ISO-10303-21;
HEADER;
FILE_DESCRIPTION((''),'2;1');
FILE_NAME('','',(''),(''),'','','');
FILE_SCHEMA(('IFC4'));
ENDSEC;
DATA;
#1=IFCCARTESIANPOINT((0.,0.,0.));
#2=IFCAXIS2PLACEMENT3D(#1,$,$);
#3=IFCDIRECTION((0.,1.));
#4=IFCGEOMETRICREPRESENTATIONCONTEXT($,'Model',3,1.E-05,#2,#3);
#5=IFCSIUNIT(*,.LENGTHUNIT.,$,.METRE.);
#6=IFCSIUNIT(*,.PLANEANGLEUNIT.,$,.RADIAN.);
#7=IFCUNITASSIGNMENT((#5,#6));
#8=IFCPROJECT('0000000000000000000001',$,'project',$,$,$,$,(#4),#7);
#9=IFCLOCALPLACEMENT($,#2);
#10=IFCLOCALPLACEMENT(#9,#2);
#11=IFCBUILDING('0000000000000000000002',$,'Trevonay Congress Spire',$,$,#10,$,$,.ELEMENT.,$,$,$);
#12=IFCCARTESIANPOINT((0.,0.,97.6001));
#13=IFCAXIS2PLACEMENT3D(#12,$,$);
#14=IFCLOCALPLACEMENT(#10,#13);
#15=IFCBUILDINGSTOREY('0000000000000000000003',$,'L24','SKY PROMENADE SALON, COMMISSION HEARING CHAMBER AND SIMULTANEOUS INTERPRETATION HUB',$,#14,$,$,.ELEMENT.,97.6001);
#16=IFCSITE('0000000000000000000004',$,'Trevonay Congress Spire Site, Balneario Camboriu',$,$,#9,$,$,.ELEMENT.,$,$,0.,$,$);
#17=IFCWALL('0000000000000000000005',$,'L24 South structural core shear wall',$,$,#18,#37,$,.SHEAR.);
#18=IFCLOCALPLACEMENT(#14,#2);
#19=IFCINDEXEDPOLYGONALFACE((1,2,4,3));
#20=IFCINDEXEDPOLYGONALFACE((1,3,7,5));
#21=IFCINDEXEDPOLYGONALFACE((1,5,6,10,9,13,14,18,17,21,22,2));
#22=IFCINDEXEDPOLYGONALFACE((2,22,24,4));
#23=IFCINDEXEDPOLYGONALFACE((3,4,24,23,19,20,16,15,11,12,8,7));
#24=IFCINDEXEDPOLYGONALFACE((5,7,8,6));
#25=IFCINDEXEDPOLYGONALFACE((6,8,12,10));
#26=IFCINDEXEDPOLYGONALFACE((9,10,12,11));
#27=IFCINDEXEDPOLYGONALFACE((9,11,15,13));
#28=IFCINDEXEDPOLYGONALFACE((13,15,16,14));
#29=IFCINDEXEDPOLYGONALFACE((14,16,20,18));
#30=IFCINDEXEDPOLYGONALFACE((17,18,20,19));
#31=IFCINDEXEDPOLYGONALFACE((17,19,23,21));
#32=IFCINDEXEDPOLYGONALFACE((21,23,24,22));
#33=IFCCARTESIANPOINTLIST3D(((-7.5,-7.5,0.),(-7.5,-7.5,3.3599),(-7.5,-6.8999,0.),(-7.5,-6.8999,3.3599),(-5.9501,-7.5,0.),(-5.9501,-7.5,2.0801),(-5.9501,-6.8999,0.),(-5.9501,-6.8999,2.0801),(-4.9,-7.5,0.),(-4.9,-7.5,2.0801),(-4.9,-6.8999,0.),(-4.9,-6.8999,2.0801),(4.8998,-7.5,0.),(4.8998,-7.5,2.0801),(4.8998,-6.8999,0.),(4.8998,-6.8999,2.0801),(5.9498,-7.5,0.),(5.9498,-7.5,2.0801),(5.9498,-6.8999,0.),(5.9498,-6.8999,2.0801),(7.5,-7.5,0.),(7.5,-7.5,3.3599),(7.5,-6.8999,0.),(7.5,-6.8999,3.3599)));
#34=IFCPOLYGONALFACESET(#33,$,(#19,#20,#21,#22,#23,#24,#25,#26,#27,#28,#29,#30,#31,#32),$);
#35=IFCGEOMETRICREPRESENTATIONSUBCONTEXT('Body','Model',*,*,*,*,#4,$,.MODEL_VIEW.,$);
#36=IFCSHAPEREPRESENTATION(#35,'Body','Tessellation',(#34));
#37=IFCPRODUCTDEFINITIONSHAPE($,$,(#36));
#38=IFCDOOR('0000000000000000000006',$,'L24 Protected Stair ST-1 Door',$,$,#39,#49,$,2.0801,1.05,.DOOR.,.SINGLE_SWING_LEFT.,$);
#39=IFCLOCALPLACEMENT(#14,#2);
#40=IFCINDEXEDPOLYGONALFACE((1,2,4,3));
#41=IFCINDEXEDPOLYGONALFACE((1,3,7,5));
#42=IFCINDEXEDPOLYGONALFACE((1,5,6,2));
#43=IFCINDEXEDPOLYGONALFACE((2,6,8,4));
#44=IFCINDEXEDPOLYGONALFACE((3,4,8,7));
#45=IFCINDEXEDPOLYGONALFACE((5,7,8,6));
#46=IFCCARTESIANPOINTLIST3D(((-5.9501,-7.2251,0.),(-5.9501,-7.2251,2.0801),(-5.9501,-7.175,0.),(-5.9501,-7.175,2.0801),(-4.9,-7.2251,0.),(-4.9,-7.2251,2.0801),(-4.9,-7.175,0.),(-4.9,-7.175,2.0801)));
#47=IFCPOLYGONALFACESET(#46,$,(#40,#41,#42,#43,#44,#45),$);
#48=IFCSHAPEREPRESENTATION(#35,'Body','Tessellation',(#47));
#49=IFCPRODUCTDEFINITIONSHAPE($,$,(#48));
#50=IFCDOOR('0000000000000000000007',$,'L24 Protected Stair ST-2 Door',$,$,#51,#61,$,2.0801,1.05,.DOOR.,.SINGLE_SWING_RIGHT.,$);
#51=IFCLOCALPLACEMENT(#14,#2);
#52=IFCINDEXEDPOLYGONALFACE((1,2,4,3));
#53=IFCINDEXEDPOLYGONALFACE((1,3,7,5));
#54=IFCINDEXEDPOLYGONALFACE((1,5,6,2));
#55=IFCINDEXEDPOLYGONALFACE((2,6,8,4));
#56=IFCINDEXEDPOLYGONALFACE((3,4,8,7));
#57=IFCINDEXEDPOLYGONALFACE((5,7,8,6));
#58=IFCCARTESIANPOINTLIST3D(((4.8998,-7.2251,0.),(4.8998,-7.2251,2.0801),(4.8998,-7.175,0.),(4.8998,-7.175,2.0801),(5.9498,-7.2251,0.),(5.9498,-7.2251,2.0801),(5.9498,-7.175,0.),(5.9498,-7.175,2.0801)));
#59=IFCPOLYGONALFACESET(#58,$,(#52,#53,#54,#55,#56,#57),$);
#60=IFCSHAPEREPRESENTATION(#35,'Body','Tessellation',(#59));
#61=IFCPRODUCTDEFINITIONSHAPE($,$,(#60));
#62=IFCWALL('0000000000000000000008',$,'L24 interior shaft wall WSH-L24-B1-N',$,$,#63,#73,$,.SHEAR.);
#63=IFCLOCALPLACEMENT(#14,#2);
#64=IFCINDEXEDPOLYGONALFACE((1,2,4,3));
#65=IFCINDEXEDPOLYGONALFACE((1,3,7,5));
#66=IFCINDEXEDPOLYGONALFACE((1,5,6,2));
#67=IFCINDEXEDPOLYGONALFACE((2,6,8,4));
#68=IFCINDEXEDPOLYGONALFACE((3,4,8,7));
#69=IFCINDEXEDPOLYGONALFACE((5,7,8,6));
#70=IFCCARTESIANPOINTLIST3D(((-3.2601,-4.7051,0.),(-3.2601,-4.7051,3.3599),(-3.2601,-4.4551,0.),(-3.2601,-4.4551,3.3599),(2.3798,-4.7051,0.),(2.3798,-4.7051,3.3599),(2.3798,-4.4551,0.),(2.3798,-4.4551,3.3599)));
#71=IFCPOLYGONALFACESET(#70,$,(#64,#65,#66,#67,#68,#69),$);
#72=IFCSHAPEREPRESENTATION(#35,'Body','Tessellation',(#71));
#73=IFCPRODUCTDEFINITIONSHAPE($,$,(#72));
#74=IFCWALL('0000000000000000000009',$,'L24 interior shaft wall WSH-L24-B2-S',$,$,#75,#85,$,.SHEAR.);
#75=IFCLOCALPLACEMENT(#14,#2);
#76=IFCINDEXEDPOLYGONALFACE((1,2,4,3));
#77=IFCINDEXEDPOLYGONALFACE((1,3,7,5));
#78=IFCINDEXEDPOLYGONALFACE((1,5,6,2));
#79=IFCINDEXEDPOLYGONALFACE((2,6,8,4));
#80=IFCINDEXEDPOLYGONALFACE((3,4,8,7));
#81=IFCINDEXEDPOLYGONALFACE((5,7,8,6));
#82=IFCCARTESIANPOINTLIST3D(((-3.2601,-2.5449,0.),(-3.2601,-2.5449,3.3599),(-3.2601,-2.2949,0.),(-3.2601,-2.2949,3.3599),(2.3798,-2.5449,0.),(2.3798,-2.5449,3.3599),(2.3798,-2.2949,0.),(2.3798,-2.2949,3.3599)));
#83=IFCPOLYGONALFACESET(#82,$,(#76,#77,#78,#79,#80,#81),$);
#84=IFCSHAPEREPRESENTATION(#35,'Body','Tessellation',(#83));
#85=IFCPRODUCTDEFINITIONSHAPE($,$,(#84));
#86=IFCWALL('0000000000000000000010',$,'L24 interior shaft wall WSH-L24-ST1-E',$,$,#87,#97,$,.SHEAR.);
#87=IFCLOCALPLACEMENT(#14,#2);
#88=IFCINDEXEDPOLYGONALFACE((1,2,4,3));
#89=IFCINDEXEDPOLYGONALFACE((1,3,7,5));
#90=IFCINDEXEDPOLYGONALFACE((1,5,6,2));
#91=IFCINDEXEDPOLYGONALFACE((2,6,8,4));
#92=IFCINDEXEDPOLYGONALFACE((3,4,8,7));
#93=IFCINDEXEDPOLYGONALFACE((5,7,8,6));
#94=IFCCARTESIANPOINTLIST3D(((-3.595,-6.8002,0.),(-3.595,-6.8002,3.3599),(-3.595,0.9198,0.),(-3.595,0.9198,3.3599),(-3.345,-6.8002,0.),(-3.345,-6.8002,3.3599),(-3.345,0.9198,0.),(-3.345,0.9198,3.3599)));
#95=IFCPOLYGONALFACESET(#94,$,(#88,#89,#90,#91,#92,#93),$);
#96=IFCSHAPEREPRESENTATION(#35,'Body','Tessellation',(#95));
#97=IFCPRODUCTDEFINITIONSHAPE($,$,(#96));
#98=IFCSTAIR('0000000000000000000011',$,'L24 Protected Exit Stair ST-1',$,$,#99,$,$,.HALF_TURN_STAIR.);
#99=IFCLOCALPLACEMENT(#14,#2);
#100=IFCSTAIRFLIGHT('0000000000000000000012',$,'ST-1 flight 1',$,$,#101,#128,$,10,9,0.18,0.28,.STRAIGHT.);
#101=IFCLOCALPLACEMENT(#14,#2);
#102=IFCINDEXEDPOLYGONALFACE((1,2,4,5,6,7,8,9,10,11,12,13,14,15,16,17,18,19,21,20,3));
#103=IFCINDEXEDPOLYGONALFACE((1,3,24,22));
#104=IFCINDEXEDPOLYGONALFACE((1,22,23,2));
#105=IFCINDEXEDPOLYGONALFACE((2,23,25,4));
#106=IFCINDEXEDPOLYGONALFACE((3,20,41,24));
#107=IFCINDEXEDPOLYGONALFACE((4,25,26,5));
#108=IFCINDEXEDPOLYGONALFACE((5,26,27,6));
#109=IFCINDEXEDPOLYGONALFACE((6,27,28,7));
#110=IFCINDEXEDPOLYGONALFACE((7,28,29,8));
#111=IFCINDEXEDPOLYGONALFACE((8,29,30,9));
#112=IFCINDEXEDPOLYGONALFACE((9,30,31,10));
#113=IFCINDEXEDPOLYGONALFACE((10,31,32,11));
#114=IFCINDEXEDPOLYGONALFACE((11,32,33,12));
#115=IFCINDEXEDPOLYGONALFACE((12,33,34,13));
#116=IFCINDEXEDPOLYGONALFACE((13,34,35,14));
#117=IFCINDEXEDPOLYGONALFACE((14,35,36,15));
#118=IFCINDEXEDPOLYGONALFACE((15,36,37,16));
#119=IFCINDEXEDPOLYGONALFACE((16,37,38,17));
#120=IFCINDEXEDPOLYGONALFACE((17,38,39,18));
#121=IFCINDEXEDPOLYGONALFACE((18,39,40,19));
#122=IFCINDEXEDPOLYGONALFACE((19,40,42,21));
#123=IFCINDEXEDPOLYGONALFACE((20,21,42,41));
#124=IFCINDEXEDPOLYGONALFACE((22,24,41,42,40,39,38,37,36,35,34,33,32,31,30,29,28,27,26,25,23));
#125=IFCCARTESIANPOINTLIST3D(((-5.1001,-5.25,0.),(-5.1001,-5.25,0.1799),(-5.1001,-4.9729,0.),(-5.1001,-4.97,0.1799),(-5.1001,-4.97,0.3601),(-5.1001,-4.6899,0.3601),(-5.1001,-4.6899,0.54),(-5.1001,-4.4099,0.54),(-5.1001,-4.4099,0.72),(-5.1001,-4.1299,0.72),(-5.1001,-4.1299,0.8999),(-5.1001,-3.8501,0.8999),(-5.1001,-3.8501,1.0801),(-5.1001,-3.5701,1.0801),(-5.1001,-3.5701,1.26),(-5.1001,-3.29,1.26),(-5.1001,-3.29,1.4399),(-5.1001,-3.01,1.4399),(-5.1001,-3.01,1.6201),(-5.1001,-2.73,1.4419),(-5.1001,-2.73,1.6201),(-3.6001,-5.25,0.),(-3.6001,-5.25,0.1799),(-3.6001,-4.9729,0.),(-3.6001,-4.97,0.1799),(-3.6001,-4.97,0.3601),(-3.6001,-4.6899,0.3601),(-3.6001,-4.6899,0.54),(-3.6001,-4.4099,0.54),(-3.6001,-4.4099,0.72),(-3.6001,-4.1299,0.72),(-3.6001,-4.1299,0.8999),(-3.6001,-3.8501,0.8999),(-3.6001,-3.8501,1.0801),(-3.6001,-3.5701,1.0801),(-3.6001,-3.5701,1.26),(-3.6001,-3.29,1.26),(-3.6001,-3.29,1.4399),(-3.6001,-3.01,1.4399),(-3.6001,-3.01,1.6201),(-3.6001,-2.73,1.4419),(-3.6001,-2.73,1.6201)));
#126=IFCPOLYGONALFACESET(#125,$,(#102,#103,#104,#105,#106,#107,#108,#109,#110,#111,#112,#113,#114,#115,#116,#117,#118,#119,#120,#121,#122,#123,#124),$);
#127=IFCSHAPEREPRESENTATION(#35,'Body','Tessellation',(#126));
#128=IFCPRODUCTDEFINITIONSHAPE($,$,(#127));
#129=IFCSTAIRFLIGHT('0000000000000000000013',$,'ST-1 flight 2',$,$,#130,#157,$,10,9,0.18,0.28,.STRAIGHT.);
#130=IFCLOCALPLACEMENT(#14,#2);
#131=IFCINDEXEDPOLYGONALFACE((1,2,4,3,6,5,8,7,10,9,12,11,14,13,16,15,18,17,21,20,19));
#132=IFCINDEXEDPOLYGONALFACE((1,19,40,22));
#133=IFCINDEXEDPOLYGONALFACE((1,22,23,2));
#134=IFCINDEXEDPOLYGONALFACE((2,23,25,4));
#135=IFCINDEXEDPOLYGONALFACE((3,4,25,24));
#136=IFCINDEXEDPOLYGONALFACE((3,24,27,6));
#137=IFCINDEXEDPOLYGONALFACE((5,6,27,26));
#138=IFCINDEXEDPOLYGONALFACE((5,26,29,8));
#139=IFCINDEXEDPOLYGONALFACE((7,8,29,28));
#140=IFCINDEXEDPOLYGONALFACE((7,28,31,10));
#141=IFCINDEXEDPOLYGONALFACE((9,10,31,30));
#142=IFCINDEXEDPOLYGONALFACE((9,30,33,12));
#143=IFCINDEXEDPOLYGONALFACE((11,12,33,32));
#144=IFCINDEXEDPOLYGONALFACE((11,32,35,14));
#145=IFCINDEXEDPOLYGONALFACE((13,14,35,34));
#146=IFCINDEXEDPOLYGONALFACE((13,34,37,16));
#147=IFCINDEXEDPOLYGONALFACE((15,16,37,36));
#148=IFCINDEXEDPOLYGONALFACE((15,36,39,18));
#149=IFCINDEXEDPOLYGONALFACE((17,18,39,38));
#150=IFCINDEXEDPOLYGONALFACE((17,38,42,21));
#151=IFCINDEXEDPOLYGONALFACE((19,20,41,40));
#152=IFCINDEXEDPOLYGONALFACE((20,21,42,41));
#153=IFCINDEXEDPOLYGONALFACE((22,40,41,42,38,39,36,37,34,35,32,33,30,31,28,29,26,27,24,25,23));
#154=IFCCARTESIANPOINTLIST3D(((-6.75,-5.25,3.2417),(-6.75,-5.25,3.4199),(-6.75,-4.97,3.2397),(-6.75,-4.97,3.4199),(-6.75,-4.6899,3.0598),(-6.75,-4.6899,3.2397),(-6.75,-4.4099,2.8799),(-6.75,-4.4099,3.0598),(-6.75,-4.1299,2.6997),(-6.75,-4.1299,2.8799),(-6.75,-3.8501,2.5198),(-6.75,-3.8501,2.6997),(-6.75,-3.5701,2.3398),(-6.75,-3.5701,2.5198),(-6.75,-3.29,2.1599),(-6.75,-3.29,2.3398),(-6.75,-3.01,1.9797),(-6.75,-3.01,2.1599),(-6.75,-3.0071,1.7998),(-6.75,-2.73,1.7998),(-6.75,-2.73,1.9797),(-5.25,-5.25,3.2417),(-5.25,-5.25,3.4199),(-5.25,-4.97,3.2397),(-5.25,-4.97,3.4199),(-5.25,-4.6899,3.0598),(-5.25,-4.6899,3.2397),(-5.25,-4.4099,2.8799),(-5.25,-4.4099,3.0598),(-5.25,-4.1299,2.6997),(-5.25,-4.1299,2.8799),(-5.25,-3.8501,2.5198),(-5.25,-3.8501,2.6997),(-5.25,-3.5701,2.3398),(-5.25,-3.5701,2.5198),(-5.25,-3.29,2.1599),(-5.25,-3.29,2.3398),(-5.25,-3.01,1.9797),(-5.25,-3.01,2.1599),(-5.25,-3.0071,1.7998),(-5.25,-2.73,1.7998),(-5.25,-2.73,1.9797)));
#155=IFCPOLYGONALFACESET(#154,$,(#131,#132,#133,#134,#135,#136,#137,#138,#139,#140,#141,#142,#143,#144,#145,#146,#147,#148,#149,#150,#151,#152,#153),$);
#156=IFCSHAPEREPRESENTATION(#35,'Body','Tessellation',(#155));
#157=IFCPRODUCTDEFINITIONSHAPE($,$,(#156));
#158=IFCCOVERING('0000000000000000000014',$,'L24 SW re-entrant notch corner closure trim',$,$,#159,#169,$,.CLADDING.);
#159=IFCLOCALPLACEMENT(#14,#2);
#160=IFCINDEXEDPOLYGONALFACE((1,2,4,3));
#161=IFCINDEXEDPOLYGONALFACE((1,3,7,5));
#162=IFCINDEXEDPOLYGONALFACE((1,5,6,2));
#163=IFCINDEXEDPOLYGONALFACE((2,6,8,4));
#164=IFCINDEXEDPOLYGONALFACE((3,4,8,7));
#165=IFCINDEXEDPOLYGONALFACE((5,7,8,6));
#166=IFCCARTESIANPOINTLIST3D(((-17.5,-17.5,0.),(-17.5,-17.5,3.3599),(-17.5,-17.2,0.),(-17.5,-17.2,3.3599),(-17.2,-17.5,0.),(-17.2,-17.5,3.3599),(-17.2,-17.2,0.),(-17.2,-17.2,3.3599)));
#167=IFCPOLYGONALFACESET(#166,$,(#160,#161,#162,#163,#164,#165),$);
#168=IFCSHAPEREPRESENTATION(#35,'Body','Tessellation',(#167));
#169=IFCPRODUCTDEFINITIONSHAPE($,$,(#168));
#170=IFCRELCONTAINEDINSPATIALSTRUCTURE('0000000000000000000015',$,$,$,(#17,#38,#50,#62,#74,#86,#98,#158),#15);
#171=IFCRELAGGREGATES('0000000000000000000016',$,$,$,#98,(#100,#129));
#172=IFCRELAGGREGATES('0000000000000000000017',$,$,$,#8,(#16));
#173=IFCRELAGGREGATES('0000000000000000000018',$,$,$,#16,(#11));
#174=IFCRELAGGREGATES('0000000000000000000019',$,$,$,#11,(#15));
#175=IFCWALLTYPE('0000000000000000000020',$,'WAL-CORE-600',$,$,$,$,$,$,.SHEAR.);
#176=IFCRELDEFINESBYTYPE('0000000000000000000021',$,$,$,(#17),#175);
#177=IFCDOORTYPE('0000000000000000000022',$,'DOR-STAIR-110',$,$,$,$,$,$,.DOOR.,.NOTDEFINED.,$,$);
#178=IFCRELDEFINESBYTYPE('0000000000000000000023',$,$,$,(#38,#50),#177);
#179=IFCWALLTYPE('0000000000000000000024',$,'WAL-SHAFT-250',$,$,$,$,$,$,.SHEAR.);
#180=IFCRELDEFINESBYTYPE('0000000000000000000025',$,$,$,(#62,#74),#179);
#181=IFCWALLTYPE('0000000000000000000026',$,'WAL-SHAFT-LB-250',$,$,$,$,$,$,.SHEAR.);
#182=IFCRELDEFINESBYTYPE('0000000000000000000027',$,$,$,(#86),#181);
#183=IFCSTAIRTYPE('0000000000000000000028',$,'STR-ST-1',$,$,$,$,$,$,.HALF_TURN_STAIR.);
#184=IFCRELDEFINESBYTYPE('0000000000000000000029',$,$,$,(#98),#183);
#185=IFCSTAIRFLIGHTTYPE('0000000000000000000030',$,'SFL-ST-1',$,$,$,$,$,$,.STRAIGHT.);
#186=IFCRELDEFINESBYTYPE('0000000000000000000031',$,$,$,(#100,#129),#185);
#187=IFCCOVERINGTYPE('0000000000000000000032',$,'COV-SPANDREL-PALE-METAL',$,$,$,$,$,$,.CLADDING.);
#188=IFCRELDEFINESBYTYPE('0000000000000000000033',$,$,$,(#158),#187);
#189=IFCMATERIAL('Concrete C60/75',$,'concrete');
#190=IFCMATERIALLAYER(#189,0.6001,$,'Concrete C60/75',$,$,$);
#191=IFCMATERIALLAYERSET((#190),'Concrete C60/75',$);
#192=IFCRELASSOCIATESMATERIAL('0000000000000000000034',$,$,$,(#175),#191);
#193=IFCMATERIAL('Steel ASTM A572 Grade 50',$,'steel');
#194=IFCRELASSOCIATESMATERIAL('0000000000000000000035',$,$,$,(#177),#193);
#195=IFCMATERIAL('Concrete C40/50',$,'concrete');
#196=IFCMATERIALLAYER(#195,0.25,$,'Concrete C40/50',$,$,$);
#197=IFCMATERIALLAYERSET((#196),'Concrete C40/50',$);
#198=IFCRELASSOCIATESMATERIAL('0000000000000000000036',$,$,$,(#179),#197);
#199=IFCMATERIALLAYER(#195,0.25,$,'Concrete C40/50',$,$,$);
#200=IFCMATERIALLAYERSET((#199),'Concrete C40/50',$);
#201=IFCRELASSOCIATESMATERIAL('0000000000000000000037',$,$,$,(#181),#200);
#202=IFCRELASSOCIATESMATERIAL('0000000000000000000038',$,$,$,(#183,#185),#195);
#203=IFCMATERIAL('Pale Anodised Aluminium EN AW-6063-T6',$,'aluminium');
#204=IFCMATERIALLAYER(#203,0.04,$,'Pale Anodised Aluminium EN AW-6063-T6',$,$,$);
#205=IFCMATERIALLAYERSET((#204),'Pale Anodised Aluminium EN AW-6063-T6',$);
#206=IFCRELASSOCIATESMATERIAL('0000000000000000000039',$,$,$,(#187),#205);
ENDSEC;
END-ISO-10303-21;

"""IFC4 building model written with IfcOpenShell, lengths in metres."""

from ifc_helpers import new_model, si_unit, direction, frame, frame_2d, origin, place, context, subcontext, project, spatial, polyline, rectangle, outline, extrude, material, layer, layer_set, type_object, element, fill, aggregate, save


model = new_model("IFC4")

# Units and contexts
model_context = context("Model", 3, precision=1e-05, world=origin(), true_north=direction((0.0, 1.0)))
body_context = subcontext(model_context, "Body", "Model", "MODEL_VIEW")
ifc_project = project(units=[si_unit("LENGTHUNIT", "METRE"), si_unit("PLANEANGLEUNIT", "RADIAN")], contexts=[model_context])

# Site, building, storey
site_placement = place(None, origin())
site = spatial("IfcSite", under=ifc_project, at=site_placement, Name="Trevonay Congress Spire Site, Balneario Camboriu", CompositionType="ELEMENT", RefElevation=0.0)
building_placement = place(site_placement, origin())
building = spatial("IfcBuilding", under=site, at=building_placement, Name="Trevonay Congress Spire", CompositionType="ELEMENT")
storey_placement = place(building_placement, frame((0.0, 0.0, 97.6001)))
storey = spatial("IfcBuildingStorey", under=building, at=storey_placement, Name="L24", Description="SKY PROMENADE SALON, COMMISSION HEARING CHAMBER AND SIMULTANEOUS INTERPRETATION HUB", CompositionType="ELEMENT", Elevation=97.6001)

# Shared definitions
ifc_material_1 = material(Name="Steel ASTM A572 Grade 50", Category="steel")

# Shared definitions
ifc_material_2 = material(Name="Concrete C40/50", Category="concrete")

# Wall, openings, doors
ifc_material_3 = material(Name="Concrete C60/75", Category="concrete")
ifc_layer_1 = layer(ifc_material_3, 0.6001, Name="Concrete C60/75")
ifc_layer_set_1 = layer_set([ifc_layer_1], Name="Concrete C60/75")
wall_type_1 = type_object("IfcWallType", Name="WAL-CORE-600", PredefinedType="SHEAR", material=ifc_layer_set_1)
wall_1_placement = place(storey_placement, frame((-7.5, -7.2, 0.0), z_axis=(0.0, 0.0, 1.0), x_axis=(1.0, 0.0, 0.0)))
wall_1 = element("IfcWall", 1, at=wall_1_placement, inside=storey, type_object=wall_type_1, Name="L24 South structural core shear wall", PredefinedType="SHEAR", context=body_context, shape_type="SweptSolid", body=[
    extrude(rectangle(XDim=15.0, YDim=0.6001, at=frame_2d((7.5, 0.0))), origin(), (0.0, 0.0, 1.0), 3.3599),
])
opening_1_placement = place(wall_1_placement, frame((1.55, 0.0, 0.0)))
opening_1 = element("IfcOpeningElement", 2, at=opening_1_placement, cuts=wall_1, PredefinedType="OPENING", context=body_context, shape_type="SweptSolid", body=[
    extrude(rectangle(XDim=1.05, YDim=2.0801, at=frame_2d((0.5249, 1.04))), frame((0.0, 0.3101, 0.0), z_axis=(0.0, -1.0, 0.0), x_axis=(1.0, 0.0, 0.0)), (0.0, 0.0, 1.0), 0.6201),
])
opening_2_placement = place(wall_1_placement, frame((12.3999, 0.0, 0.0)))
opening_2 = element("IfcOpeningElement", 3, at=opening_2_placement, cuts=wall_1, PredefinedType="OPENING", context=body_context, shape_type="SweptSolid", body=[
    extrude(rectangle(XDim=1.05, YDim=2.0801, at=frame_2d((0.5249, 1.04))), frame((0.0, 0.3101, 0.0), z_axis=(0.0, -1.0, 0.0), x_axis=(1.0, 0.0, 0.0)), (0.0, 0.0, 1.0), 0.6201),
])
door_type = type_object("IfcDoorType", Name="DOR-STAIR-110", OperationType="NOTDEFINED", PredefinedType="DOOR", material=ifc_material_1)
door_1_placement = place(opening_1_placement, origin())
door_1 = element("IfcDoor", 4, at=door_1_placement, inside=storey, type_object=door_type, Name="L24 Protected Stair ST-1 Door", OperationType="SINGLE_SWING_LEFT", OverallHeight=2.0801, OverallWidth=1.05, PredefinedType="DOOR", context=body_context, shape_type="SweptSolid", body=[
    extrude(rectangle(XDim=1.05, YDim=2.0801, at=frame_2d((0.5249, 1.04))), frame((0.0, 0.0249, 0.0), z_axis=(0.0, -1.0, 0.0), x_axis=(1.0, 0.0, 0.0)), (0.0, 0.0, 1.0), 0.05),
])
fill(opening_1, door_1)
door_2_placement = place(opening_2_placement, origin())
door_2 = element("IfcDoor", 5, at=door_2_placement, inside=storey, type_object=door_type, Name="L24 Protected Stair ST-2 Door", OperationType="SINGLE_SWING_RIGHT", OverallHeight=2.0801, OverallWidth=1.05, PredefinedType="DOOR", context=body_context, shape_type="SweptSolid", body=[
    extrude(rectangle(XDim=1.05, YDim=2.0801, at=frame_2d((0.5249, 1.04))), frame((0.0, 0.0249, 0.0), z_axis=(0.0, -1.0, 0.0), x_axis=(1.0, 0.0, 0.0)), (0.0, 0.0, 1.0), 0.05),
])
fill(opening_2, door_2)

# Walls
ifc_layer_2 = layer(ifc_material_2, 0.25, Name="Concrete C40/50")
ifc_layer_set_2 = layer_set([ifc_layer_2], Name="Concrete C40/50")
wall_type_2 = type_object("IfcWallType", Name="WAL-SHAFT-250", PredefinedType="SHEAR", material=ifc_layer_set_2)
for number, where, z_axis, x_axis, name in (
    (6, (-3.26, -4.5801, 0.0), (0.0, 0.0, 1.0), (1.0, 0.0, 0.0), "L24 interior shaft wall WSH-L24-B1-N"),
    (7, (-3.26, -2.4199, 0.0), (0.0, 0.0, 1.0), (1.0, 0.0, 0.0), "L24 interior shaft wall WSH-L24-B2-S"),
):
    element("IfcWall", number, at=place(storey_placement, frame(where, z_axis=z_axis, x_axis=x_axis)), inside=storey, type_object=wall_type_2, Name=name, PredefinedType="SHEAR", context=body_context, shape_type="SweptSolid", body=[
        extrude(rectangle(XDim=5.6399, YDim=0.25, at=frame_2d((2.8198, 0.0))), origin(), (0.0, 0.0, 1.0), 3.3599),
    ])
ifc_layer_3 = layer(ifc_material_2, 0.25, Name="Concrete C40/50")
ifc_layer_set_3 = layer_set([ifc_layer_3], Name="Concrete C40/50")
wall_type_3 = type_object("IfcWallType", Name="WAL-SHAFT-LB-250", PredefinedType="SHEAR", material=ifc_layer_set_3)
wall_2_placement = place(storey_placement, frame((-3.47, -6.8, 0.0), z_axis=(0.0, 0.0, 1.0), x_axis=(0.0, 1.0, 0.0)))
element("IfcWall", 8, at=wall_2_placement, inside=storey, type_object=wall_type_3, Name="L24 interior shaft wall WSH-L24-ST1-E", PredefinedType="SHEAR", context=body_context, shape_type="SweptSolid", body=[
    extrude(rectangle(XDim=7.72, YDim=0.25, at=frame_2d((3.8599, 0.0))), origin(), (0.0, 0.0, 1.0), 3.3599),
])

# Stair, stair flights
stair_type = type_object("IfcStairType", Name="STR-ST-1", PredefinedType="HALF_TURN_STAIR", material=ifc_material_2)
stair_placement = place(storey_placement, origin())
stair = element("IfcStair", 9, at=stair_placement, inside=storey, type_object=stair_type, Name="L24 Protected Exit Stair ST-1", PredefinedType="HALF_TURN_STAIR")
stair_flight_type = type_object("IfcStairFlightType", Name="SFL-ST-1", PredefinedType="STRAIGHT", material=ifc_material_2)
stair_flight_1_placement = place(storey_placement, frame((-4.3501, -5.25, 0.0), z_axis=(0.0, 0.0, 1.0), x_axis=(0.0, 1.0, 0.0)))
stair_flight_1 = element("IfcStairFlight", 10, at=stair_flight_1_placement, type_object=stair_flight_type, Name="ST-1 flight 1", NumberOfRisers=10, NumberOfTreads=9, PredefinedType="STRAIGHT", RiserHeight=0.18, TreadLength=0.28, context=body_context, shape_type="SweptSolid", body=[
    extrude(outline(polyline([(0.0, 0.0), (0.0, 0.1799), (0.28, 0.1799), (0.28, 0.3601), (0.5601, 0.3601), (0.5601, 0.54), (0.8401, 0.54), (0.8401, 0.72), (1.1201, 0.72), (1.1201, 0.8999), (1.3999, 0.8999), (1.3999, 1.0801), (1.6799, 1.0801), (1.6799, 1.26), (1.96, 1.26), (1.96, 1.4399), (2.24, 1.4399), (2.24, 1.6201), (2.52, 1.6201), (2.52, 1.8), (2.52, 1.4419), (0.2771, 0.0), (0.0, 0.0)])), frame((0.0, 0.75, 0.0), z_axis=(0.0, -1.0, 0.0), x_axis=(1.0, 0.0, 0.0)), (0.0, 0.0, 1.0), 1.5),
])
stair_flight_2_placement = place(storey_placement, frame((-6.0, -2.73, 1.7998), z_axis=(0.0, 0.0, 1.0), x_axis=(0.0, -1.0, 0.0)))
stair_flight_2 = element("IfcStairFlight", 11, at=stair_flight_2_placement, type_object=stair_flight_type, Name="ST-1 flight 2", NumberOfRisers=10, NumberOfTreads=9, PredefinedType="STRAIGHT", RiserHeight=0.18, TreadLength=0.28, context=body_context, shape_type="SweptSolid", body=[
    extrude(outline(polyline([(0.0, 0.0), (0.0, 0.1799), (0.28, 0.1799), (0.28, 0.3601), (0.5601, 0.3601), (0.5601, 0.54), (0.8401, 0.54), (0.8401, 0.72), (1.1201, 0.72), (1.1201, 0.8999), (1.3999, 0.8999), (1.3999, 1.0801), (1.6799, 1.0801), (1.6799, 1.26), (1.96, 1.26), (1.96, 1.4399), (2.24, 1.4399), (2.24, 1.6201), (2.52, 1.6201), (2.52, 1.8), (2.52, 1.4419), (0.2771, 0.0), (0.0, 0.0)])), frame((0.0, 0.75, 0.0), z_axis=(0.0, -1.0, 0.0), x_axis=(1.0, 0.0, 0.0)), (0.0, 0.0, 1.0), 1.5),
])
aggregate(stair, [stair_flight_1, stair_flight_2])

# Covering
ifc_material_4 = material(Name="Pale Anodised Aluminium EN AW-6063-T6", Category="aluminium")
ifc_layer_4 = layer(ifc_material_4, 0.04, Name="Pale Anodised Aluminium EN AW-6063-T6")
ifc_layer_set_4 = layer_set([ifc_layer_4], Name="Pale Anodised Aluminium EN AW-6063-T6")
covering_type = type_object("IfcCoveringType", Name="COV-SPANDREL-PALE-METAL", PredefinedType="CLADDING", material=ifc_layer_set_4)
covering_1_placement = place(storey_placement, origin())
element("IfcCovering", 12, at=covering_1_placement, inside=storey, type_object=covering_type, Name="L24 SW re-entrant notch corner closure trim", PredefinedType="CLADDING", context=body_context, shape_type="SweptSolid", body=[
    extrude(outline(polyline([(-17.5, -17.5), (-17.2, -17.5), (-17.2, -17.2), (-17.5, -17.2), (-17.5, -17.5)])), origin(), (0.0, 0.0, 1.0), 3.3599),
])

save(model, "model.ifc")
